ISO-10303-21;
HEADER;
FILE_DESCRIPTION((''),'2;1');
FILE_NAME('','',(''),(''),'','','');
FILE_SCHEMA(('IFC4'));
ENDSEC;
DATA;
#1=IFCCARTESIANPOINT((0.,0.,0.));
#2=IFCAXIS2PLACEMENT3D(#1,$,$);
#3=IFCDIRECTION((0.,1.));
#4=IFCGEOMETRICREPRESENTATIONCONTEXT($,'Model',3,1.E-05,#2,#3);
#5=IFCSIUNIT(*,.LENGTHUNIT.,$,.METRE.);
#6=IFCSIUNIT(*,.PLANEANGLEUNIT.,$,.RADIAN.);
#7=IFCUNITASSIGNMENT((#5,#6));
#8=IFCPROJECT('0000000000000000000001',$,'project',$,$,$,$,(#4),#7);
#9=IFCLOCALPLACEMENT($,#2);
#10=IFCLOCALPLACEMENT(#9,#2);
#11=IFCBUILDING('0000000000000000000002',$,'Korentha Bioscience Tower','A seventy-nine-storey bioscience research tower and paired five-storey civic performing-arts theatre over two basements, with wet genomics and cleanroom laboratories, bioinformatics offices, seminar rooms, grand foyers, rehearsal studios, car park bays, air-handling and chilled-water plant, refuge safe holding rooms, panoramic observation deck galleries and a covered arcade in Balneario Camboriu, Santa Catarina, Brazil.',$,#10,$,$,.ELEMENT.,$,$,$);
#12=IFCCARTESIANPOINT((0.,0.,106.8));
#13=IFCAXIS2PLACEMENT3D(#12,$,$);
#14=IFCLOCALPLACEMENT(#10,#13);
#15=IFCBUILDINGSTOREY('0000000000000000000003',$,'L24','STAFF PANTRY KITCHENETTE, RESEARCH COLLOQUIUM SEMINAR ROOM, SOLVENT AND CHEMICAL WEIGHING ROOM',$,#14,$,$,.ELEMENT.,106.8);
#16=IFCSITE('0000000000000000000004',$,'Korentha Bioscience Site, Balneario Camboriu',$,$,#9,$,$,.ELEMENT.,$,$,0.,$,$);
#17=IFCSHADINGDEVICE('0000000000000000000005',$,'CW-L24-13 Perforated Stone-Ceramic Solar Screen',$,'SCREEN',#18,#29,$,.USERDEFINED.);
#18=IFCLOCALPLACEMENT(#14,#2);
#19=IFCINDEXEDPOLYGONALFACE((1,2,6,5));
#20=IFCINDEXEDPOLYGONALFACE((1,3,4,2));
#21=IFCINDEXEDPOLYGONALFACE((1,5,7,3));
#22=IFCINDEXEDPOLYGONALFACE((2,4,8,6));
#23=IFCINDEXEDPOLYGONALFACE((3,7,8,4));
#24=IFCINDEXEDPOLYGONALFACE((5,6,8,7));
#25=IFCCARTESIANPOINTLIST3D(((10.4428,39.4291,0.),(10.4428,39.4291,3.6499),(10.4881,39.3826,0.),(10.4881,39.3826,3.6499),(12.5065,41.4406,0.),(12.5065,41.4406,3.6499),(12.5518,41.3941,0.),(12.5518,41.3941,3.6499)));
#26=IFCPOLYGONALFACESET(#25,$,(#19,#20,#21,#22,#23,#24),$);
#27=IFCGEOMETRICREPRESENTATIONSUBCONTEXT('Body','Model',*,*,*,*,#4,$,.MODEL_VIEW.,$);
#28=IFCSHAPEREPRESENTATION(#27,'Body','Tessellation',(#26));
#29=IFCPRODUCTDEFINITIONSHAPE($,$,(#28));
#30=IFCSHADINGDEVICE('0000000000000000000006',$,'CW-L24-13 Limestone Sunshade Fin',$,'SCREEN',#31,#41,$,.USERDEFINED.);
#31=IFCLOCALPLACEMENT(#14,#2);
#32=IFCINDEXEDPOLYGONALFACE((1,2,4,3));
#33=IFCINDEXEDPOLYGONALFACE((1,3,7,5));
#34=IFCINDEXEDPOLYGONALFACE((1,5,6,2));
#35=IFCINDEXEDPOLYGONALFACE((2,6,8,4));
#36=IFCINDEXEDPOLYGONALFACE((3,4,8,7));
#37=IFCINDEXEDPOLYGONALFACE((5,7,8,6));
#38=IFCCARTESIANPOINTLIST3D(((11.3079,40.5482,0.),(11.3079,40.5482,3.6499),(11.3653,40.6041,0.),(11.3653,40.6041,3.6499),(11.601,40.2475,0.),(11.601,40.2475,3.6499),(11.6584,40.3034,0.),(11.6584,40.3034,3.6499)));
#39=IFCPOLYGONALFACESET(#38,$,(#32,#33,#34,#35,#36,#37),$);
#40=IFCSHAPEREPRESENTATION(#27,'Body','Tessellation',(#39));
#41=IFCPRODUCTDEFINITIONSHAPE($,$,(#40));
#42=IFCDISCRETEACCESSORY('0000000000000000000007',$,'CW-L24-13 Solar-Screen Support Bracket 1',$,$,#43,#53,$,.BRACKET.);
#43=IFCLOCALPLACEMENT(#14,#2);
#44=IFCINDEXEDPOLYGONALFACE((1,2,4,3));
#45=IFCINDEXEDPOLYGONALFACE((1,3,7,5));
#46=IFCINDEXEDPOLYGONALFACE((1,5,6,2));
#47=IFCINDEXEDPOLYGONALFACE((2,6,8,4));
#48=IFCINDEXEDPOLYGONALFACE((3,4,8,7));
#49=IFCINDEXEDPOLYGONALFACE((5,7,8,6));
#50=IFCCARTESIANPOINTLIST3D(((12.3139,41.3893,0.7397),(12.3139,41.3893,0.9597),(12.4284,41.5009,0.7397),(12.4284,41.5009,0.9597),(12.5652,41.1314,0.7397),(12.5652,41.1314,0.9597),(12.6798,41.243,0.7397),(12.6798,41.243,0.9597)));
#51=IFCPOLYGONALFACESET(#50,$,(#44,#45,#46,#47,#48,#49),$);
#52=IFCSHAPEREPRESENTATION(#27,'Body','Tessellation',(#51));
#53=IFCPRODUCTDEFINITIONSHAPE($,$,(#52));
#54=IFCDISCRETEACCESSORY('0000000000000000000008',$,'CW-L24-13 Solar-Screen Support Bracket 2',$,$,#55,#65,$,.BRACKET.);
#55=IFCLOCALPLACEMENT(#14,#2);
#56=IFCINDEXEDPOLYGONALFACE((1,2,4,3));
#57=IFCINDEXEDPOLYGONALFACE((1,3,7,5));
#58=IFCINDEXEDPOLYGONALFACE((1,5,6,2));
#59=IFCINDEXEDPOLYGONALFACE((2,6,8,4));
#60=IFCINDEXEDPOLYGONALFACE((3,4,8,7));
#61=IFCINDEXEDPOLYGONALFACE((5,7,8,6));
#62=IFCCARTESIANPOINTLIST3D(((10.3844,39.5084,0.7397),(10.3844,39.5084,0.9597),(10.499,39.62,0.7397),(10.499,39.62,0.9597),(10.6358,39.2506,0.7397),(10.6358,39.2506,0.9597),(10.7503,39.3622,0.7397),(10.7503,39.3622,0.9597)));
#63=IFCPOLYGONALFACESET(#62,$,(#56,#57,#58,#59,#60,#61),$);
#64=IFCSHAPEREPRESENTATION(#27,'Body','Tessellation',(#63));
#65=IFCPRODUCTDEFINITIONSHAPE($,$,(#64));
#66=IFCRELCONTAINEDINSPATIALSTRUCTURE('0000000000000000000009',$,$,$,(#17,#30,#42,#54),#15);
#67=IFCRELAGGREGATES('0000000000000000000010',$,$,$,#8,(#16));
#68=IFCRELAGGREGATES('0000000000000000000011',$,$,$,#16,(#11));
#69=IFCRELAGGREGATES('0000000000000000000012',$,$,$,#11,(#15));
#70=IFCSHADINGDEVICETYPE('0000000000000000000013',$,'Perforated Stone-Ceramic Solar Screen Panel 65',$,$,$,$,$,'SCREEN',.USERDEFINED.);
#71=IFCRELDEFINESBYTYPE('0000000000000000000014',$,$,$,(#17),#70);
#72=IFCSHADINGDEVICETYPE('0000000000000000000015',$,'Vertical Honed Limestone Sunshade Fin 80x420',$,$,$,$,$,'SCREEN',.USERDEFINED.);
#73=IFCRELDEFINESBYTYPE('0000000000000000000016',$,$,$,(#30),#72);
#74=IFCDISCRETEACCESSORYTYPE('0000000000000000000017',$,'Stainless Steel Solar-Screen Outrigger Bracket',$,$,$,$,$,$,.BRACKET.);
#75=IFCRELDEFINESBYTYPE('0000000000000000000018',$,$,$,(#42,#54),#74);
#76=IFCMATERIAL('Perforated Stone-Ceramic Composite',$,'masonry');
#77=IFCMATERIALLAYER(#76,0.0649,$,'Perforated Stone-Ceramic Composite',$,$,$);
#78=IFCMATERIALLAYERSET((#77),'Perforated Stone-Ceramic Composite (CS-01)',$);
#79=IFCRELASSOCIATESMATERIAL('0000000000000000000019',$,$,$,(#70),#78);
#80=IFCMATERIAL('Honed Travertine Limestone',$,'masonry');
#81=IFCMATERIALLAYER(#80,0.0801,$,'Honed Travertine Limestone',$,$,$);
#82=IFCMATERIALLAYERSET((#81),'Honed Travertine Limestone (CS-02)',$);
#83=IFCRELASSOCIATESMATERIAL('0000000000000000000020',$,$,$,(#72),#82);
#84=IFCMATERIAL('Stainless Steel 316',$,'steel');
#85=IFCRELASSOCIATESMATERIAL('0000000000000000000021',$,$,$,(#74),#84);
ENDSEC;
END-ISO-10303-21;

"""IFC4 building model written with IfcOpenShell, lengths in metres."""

from ifc_helpers import new_model, si_unit, direction, frame, origin, origin_2d, place, context, subcontext, project, spatial, rectangle, extrude, material, layer, layer_set, type_object, element, save


model = new_model("IFC4")

# Units and contexts
model_context = context("Model", 3, precision=1e-05, world=origin(), true_north=direction((0.0, 1.0)))
body_context = subcontext(model_context, "Body", "Model", "MODEL_VIEW")
ifc_project = project(units=[si_unit("LENGTHUNIT", "METRE"), si_unit("PLANEANGLEUNIT", "RADIAN")], contexts=[model_context])

# Site, building, storey
site_placement = place(None, origin())
site = spatial("IfcSite", under=ifc_project, at=site_placement, Name="Korentha Bioscience Site, Balneario Camboriu", CompositionType="ELEMENT", RefElevation=0.0)
building_placement = place(site_placement, origin())
building = spatial("IfcBuilding", under=site, at=building_placement, Name="Korentha Bioscience Tower", Description="A seventy-nine-storey bioscience research tower and paired five-storey civic performing-arts theatre over two basements, with wet genomics and cleanroom laboratories, bioinformatics offices, seminar rooms, grand foyers, rehearsal studios, car park bays, air-handling and chilled-water plant, refuge safe holding rooms, panoramic observation deck galleries and a covered arcade in Balneario Camboriu, Santa Catarina, Brazil.", CompositionType="ELEMENT")
storey_placement = place(building_placement, frame((0.0, 0.0, 106.8)))
storey = spatial("IfcBuildingStorey", under=building, at=storey_placement, Name="L24", Description="STAFF PANTRY KITCHENETTE, RESEARCH COLLOQUIUM SEMINAR ROOM, SOLVENT AND CHEMICAL WEIGHING ROOM", CompositionType="ELEMENT", Elevation=106.8)

# Shading devices
ifc_material_1 = material(Name="Perforated Stone-Ceramic Composite", Category="masonry")
ifc_layer_1 = layer(ifc_material_1, 0.0649, Name="Perforated Stone-Ceramic Composite")
ifc_layer_set_1 = layer_set([ifc_layer_1], Name="Perforated Stone-Ceramic Composite (CS-01)")
shading_device_type_1 = type_object("IfcShadingDeviceType", Name="Perforated Stone-Ceramic Solar Screen Panel 65", ElementType="SCREEN", PredefinedType="USERDEFINED", material=ifc_layer_set_1)
shading_device_1_placement = place(storey_placement, frame((11.4973, 40.4116, 0.0), z_axis=(0.0, 0.0, 1.0), x_axis=(-0.716096, -0.698002, 0.0)))
element("IfcShadingDevice", 1, at=shading_device_1_placement, inside=storey, type_object=shading_device_type_1, Name="CW-L24-13 Perforated Stone-Ceramic Solar Screen", ObjectType="SCREEN", PredefinedType="USERDEFINED", context=body_context, shape_type="SweptSolid", body=[
    extrude(rectangle(XDim=2.8818, YDim=0.0649, at=origin_2d()), origin(), (0.0, 0.0, 1.0), 3.6499),
])
ifc_material_2 = material(Name="Honed Travertine Limestone", Category="masonry")
ifc_layer_2 = layer(ifc_material_2, 0.0801, Name="Honed Travertine Limestone")
ifc_layer_set_2 = layer_set([ifc_layer_2], Name="Honed Travertine Limestone (CS-02)")
shading_device_type_2 = type_object("IfcShadingDeviceType", Name="Vertical Honed Limestone Sunshade Fin 80x420", ElementType="SCREEN", PredefinedType="USERDEFINED", material=ifc_layer_set_2)
shading_device_2_placement = place(storey_placement, frame((11.4832, 40.4258, 0.0), z_axis=(0.0, 0.0, 1.0), x_axis=(-0.716096, -0.698002, 0.0)))
element("IfcShadingDevice", 2, at=shading_device_2_placement, inside=storey, type_object=shading_device_type_2, Name="CW-L24-13 Limestone Sunshade Fin", ObjectType="SCREEN", PredefinedType="USERDEFINED", context=body_context, shape_type="SweptSolid", body=[
    extrude(rectangle(XDim=0.0801, YDim=0.4199, at=origin_2d()), origin(), (0.0, 0.0, 1.0), 3.6499),
])

# Discrete accessories
ifc_material_3 = material(Name="Stainless Steel 316", Category="steel")
discrete_accessory_type = type_object("IfcDiscreteAccessoryType", Name="Stainless Steel Solar-Screen Outrigger Bracket", PredefinedType="BRACKET", material=ifc_material_3)
for number, where, z_axis, x_axis, name in (
    (3, (12.4968, 41.3162, 0.7397), (0.0, 0.0, 1.0), (-0.716096, -0.698002, 0.0), "CW-L24-13 Solar-Screen Support Bracket 1"),
    (4, (10.5674, 39.4353, 0.7397), (0.0, 0.0, 1.0), (-0.716096, -0.698002, 0.0), "CW-L24-13 Solar-Screen Support Bracket 2"),
):
    element("IfcDiscreteAccessory", number, at=place(storey_placement, frame(where, z_axis=z_axis, x_axis=x_axis)), inside=storey, type_object=discrete_accessory_type, Name=name, PredefinedType="BRACKET", context=body_context, shape_type="SweptSolid", body=[
        extrude(rectangle(XDim=0.1599, YDim=0.3601, at=origin_2d()), origin(), (0.0, 0.0, 1.0), 0.22),
    ])

save(model, "model.ifc")
